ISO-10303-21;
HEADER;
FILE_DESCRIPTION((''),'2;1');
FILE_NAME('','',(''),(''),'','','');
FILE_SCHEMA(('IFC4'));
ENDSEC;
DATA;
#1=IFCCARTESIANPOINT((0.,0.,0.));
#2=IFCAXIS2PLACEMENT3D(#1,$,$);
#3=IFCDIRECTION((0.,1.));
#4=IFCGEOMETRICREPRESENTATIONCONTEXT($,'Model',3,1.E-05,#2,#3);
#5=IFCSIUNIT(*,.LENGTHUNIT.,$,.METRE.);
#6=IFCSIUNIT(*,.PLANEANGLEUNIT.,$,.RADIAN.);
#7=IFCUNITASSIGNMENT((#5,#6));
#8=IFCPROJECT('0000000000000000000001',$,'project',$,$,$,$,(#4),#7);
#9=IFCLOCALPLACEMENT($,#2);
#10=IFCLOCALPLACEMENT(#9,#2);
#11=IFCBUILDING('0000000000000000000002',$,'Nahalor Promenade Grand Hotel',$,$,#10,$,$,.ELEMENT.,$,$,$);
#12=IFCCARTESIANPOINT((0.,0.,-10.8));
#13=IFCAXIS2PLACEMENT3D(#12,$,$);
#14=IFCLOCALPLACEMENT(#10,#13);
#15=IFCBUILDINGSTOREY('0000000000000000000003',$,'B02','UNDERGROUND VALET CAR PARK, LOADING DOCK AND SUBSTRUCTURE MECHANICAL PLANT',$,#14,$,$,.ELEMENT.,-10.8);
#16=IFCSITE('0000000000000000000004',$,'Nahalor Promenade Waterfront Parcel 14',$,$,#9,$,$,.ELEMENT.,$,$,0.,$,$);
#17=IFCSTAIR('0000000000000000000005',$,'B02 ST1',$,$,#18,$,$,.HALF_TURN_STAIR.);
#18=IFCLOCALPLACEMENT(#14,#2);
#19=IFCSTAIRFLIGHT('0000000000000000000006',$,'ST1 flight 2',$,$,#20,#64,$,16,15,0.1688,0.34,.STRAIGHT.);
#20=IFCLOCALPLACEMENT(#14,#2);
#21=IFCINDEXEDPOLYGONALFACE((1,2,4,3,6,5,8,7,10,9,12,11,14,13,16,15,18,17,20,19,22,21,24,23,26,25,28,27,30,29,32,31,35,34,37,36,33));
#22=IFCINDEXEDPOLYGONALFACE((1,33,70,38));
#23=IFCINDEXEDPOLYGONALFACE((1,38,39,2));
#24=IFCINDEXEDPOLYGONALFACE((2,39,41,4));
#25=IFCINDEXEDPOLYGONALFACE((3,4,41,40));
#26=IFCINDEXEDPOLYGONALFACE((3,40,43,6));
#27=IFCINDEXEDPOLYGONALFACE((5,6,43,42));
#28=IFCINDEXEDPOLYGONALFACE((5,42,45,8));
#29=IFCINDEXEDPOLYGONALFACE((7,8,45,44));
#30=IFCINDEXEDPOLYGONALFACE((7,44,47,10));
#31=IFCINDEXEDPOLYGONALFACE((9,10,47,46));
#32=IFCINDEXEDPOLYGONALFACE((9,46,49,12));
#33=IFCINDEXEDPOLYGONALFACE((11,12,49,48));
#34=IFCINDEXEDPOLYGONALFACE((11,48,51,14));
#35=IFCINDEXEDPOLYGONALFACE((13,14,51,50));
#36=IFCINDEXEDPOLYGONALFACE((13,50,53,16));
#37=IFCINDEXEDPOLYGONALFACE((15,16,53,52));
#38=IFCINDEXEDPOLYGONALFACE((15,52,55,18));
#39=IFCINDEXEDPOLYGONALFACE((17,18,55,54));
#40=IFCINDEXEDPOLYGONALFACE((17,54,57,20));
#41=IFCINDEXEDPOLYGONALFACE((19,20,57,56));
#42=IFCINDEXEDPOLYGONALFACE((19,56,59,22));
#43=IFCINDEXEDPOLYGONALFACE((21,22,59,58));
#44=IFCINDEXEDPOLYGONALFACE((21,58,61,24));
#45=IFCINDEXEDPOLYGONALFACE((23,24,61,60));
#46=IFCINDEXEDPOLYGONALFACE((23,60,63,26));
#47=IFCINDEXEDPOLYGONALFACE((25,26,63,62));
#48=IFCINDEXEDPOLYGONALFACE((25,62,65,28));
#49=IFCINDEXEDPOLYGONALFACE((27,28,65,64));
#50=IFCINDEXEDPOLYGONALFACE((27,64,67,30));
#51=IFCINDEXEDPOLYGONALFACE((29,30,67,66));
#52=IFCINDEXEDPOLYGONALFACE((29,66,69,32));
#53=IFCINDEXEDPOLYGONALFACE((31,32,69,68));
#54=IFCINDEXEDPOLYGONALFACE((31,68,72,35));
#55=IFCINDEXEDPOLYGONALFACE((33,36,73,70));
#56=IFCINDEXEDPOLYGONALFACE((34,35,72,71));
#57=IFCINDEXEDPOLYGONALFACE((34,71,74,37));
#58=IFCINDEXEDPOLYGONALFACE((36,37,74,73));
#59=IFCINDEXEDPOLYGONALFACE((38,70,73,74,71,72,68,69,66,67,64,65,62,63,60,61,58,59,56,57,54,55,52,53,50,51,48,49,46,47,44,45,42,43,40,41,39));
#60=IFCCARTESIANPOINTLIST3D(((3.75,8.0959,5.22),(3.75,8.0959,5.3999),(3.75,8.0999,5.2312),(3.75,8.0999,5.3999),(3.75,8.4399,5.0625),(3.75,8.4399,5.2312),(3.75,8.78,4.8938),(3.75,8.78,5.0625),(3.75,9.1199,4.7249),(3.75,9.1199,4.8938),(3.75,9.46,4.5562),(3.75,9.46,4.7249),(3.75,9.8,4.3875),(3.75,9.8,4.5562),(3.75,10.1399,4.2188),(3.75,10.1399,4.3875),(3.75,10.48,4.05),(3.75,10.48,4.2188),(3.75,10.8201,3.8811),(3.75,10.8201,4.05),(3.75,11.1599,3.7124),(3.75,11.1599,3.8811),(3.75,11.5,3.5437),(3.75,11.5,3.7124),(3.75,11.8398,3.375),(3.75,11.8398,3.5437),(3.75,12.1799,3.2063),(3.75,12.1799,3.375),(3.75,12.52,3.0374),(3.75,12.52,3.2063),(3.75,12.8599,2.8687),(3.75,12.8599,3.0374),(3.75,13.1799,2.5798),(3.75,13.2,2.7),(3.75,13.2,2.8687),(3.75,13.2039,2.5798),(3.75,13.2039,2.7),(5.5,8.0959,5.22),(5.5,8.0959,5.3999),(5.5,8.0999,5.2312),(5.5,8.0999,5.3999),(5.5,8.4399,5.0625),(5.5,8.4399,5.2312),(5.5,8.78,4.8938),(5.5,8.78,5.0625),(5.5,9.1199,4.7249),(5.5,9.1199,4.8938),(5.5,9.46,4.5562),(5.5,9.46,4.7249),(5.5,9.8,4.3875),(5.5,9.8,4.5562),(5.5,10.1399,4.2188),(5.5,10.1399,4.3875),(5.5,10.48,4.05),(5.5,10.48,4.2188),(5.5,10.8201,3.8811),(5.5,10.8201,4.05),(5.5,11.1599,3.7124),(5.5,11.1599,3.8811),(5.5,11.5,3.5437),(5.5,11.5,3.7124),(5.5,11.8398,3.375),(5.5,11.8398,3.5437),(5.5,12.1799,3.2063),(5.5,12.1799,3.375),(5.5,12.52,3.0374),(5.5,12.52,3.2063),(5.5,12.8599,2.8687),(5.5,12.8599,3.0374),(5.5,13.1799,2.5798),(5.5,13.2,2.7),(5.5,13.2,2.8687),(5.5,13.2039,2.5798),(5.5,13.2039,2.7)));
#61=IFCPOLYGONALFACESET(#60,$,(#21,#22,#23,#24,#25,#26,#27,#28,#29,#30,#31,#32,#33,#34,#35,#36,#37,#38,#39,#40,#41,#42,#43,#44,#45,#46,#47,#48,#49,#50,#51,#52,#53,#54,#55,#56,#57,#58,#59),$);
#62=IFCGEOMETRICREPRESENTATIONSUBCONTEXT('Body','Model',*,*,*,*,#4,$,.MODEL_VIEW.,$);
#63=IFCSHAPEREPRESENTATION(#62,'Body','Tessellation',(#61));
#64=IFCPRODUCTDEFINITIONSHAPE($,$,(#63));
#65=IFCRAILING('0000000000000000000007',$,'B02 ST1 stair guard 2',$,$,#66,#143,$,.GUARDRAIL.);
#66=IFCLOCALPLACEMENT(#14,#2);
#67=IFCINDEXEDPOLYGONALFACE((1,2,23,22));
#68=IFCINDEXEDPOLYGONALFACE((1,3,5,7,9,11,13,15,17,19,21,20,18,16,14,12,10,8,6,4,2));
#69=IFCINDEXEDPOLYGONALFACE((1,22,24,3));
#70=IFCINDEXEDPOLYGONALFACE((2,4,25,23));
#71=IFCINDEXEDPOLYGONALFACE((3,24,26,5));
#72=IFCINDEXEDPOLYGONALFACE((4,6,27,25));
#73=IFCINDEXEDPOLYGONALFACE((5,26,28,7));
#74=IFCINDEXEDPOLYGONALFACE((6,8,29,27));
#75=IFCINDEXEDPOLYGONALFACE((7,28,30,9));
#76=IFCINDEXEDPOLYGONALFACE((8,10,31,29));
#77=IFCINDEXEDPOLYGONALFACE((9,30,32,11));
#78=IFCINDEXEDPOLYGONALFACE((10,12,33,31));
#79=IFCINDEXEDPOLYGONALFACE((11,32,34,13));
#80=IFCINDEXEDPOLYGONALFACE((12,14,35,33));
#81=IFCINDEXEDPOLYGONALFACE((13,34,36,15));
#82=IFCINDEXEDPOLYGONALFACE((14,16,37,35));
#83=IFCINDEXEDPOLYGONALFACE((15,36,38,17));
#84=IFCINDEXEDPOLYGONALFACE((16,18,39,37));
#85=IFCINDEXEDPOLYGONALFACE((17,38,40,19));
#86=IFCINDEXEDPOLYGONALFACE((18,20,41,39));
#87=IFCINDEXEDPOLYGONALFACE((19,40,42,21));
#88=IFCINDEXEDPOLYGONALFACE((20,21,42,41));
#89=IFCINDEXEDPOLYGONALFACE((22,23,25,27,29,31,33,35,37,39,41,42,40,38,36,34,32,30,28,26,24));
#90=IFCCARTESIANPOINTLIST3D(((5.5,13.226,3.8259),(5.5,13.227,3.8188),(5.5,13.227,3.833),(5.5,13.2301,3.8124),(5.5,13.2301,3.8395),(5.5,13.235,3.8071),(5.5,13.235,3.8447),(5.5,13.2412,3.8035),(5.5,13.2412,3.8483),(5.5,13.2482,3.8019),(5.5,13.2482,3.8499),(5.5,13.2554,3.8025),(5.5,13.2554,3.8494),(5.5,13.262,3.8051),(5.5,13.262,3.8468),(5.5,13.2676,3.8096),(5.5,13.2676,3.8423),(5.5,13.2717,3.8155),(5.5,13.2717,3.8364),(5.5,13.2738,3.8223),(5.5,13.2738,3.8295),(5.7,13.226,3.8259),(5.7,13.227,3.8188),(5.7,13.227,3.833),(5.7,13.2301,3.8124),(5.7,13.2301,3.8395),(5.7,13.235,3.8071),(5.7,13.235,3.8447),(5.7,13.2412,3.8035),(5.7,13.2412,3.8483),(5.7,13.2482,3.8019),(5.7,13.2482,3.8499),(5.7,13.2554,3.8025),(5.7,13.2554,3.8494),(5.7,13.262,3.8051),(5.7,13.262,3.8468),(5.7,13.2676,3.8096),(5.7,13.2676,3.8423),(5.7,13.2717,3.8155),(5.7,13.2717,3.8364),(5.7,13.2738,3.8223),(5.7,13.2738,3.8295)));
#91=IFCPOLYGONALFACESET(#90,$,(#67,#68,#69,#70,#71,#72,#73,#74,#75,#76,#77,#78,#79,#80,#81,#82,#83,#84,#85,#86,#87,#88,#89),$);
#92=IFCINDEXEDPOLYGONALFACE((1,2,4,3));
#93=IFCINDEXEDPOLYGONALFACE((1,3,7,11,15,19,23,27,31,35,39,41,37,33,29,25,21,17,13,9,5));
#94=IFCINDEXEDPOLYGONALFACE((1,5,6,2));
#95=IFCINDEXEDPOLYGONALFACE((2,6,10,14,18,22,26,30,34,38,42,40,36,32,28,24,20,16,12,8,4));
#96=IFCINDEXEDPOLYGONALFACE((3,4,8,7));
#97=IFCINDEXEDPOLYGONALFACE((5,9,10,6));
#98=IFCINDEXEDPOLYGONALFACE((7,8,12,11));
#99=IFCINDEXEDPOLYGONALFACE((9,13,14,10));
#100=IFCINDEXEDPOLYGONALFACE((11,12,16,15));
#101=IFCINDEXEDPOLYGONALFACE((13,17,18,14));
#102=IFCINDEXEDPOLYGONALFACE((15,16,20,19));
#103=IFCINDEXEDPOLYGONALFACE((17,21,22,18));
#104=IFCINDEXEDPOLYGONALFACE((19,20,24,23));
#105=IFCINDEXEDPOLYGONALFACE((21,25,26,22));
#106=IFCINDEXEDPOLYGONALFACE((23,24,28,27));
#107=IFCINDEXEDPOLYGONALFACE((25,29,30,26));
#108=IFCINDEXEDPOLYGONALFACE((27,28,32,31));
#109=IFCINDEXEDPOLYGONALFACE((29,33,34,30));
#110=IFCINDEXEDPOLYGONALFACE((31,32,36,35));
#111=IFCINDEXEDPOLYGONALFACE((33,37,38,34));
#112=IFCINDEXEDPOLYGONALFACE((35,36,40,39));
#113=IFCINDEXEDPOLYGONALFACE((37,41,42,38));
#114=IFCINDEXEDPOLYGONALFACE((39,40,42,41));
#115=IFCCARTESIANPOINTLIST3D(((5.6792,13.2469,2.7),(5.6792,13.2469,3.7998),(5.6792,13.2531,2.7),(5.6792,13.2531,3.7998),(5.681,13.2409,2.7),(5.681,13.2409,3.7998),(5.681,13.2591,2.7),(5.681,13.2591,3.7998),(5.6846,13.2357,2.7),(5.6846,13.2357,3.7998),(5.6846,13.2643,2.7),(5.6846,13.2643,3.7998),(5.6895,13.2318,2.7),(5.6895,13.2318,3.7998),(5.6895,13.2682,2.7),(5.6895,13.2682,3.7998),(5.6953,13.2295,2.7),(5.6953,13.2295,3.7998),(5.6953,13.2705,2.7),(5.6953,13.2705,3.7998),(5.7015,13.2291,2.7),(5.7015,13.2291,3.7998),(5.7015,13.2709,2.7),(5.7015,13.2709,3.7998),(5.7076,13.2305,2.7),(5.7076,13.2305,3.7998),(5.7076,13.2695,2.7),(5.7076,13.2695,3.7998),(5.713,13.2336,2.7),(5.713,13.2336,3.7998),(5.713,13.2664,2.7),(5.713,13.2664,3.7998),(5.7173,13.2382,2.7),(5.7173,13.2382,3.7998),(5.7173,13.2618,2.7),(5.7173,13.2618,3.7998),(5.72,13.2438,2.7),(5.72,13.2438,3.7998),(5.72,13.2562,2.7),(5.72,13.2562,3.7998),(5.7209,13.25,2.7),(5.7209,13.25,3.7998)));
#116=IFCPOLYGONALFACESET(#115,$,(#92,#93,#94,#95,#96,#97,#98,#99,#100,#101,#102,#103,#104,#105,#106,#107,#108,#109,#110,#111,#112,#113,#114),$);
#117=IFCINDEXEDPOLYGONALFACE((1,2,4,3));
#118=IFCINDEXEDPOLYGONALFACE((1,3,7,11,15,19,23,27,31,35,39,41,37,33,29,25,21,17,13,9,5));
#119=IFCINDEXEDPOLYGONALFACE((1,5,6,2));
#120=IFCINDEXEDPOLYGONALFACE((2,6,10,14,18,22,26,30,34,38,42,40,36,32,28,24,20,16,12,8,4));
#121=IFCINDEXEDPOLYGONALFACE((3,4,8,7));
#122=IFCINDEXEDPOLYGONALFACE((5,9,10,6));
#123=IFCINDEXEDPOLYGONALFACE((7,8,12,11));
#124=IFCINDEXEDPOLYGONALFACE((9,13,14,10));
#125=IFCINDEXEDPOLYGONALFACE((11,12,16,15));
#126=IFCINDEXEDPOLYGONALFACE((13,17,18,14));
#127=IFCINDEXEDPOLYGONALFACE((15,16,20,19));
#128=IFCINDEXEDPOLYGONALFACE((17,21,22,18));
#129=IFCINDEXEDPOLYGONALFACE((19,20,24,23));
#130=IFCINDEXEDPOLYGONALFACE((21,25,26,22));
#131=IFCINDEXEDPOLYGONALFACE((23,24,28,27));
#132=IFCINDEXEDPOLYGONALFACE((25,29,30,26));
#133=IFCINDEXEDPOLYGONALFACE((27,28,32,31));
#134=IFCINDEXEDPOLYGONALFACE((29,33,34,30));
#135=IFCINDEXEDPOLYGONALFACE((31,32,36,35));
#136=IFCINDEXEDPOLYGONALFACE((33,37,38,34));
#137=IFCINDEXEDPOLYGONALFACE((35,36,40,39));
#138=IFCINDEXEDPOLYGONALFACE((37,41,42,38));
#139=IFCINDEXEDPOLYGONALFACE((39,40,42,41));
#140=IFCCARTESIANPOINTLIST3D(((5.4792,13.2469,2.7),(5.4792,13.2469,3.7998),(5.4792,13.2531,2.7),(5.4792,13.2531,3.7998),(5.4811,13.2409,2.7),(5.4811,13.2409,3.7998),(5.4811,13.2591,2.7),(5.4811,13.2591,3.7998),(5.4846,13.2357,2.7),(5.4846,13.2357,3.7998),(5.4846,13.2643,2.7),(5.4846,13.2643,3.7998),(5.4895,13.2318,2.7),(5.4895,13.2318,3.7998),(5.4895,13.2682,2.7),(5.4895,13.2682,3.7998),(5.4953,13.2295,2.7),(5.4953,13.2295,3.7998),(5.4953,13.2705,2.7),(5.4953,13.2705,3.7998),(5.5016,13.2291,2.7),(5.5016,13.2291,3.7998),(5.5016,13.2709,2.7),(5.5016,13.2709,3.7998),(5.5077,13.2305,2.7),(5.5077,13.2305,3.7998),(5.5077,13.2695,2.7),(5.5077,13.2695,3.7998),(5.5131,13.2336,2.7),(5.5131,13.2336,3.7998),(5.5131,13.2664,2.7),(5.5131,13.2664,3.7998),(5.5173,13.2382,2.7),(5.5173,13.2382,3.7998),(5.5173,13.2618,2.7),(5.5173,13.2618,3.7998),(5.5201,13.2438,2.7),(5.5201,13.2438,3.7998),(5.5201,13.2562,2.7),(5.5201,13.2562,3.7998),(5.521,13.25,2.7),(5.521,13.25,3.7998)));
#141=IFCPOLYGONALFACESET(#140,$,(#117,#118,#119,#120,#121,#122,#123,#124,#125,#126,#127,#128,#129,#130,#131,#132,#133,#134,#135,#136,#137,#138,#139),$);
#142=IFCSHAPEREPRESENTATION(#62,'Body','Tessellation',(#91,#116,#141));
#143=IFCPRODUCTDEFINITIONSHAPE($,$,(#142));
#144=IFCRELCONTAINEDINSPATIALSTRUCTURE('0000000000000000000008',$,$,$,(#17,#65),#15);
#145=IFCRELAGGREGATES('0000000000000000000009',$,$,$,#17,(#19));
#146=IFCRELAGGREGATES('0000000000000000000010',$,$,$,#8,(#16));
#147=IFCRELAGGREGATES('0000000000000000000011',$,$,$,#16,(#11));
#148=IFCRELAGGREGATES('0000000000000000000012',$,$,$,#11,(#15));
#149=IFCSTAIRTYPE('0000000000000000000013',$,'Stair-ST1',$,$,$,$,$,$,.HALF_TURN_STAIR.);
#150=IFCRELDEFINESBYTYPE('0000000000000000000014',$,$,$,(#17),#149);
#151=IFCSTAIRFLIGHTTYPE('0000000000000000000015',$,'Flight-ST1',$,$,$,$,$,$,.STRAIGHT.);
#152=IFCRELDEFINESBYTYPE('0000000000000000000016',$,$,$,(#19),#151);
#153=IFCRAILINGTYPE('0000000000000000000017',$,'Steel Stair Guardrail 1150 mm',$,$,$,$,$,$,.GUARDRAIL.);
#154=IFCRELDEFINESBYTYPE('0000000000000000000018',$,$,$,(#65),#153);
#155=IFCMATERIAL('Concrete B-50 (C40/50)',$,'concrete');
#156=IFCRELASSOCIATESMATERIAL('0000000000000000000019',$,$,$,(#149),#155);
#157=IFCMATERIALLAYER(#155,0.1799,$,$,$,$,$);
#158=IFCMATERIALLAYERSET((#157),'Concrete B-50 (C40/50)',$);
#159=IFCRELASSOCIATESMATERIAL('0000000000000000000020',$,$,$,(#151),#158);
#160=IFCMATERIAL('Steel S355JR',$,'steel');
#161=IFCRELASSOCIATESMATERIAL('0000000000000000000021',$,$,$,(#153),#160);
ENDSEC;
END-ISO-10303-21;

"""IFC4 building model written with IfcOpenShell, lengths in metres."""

from ifc_helpers import new_model, si_unit, direction, frame, origin, origin_2d, place, context, subcontext, project, spatial, polyline, circle, outline, extrude, source, transform, mapped, material, layer, layer_set, type_object, element, aggregate, save


model = new_model("IFC4")

# Units and contexts
model_context = context("Model", 3, precision=1e-05, world=origin(), true_north=direction((0.0, 1.0)))
body_context = subcontext(model_context, "Body", "Model", "MODEL_VIEW")
ifc_project = project(units=[si_unit("LENGTHUNIT", "METRE"), si_unit("PLANEANGLEUNIT", "RADIAN")], contexts=[model_context])

# Site, building, storey
site_placement = place(None, origin())
site = spatial("IfcSite", under=ifc_project, at=site_placement, Name="Nahalor Promenade Waterfront Parcel 14", CompositionType="ELEMENT", RefElevation=0.0)
building_placement = place(site_placement, origin())
building = spatial("IfcBuilding", under=site, at=building_placement, Name="Nahalor Promenade Grand Hotel", CompositionType="ELEMENT")
storey_placement = place(building_placement, frame((0.0, 0.0, -10.8)))
storey = spatial("IfcBuildingStorey", under=building, at=storey_placement, Name="B02", Description="UNDERGROUND VALET CAR PARK, LOADING DOCK AND SUBSTRUCTURE MECHANICAL PLANT", CompositionType="ELEMENT", Elevation=-10.8)

# Shared definitions
ifc_material_1 = material(Name="Concrete B-50 (C40/50)", Category="concrete")

# Shared definitions
ifc_material_2 = material(Name="Steel S355JR", Category="steel")

# Stair, stair flight
stair_type = type_object("IfcStairType", Name="Stair-ST1", PredefinedType="HALF_TURN_STAIR", material=ifc_material_1)
stair_placement = place(storey_placement, origin())
stair = element("IfcStair", 1, at=stair_placement, inside=storey, type_object=stair_type, Name="B02 ST1", PredefinedType="HALF_TURN_STAIR")
ifc_layer_1 = layer(ifc_material_1, 0.1799)
ifc_layer_set_1 = layer_set([ifc_layer_1], Name="Concrete B-50 (C40/50)")
stair_flight_type = type_object("IfcStairFlightType", Name="Flight-ST1", PredefinedType="STRAIGHT", material=ifc_layer_set_1)
shared_shape_1 = source(origin(), body_context, "Body", "SweptSolid", [
    extrude(outline(polyline([(-0.0039, -0.1201), (-0.0039, 0.0), (0.0, 0.0), (0.0, 0.1687), (0.3401, 0.1687), (0.3401, 0.3374), (0.6799, 0.3374), (0.6799, 0.5063), (1.02, 0.5063), (1.02, 0.675), (1.3601, 0.675), (1.3601, 0.8438), (1.7, 0.8438), (1.7, 1.0125), (2.04, 1.0125), (2.04, 1.1812), (2.3799, 1.1812), (2.3799, 1.3501), (2.72, 1.3501), (2.72, 1.5188), (3.0601, 1.5188), (3.0601, 1.6875), (3.3999, 1.6875), (3.3999, 1.8562), (3.74, 1.8562), (3.74, 2.0249), (4.0801, 2.0249), (4.0801, 2.1938), (4.4199, 2.1938), (4.4199, 2.3625), (4.76, 2.3625), (4.76, 2.5312), (5.1001, 2.5312), (5.1001, 2.7), (5.104, 2.7), (5.104, 2.52), (0.02, -0.1201), (-0.0039, -0.1201)])), frame((0.0, 0.875, 0.0), z_axis=(0.0, -1.0, 0.0), x_axis=(1.0, 0.0, 0.0)), (0.0, 0.0, 1.0), 1.75),
])
stair_flight_placement = place(storey_placement, frame((4.625, 13.2, 2.7), z_axis=(0.0, 0.0, 1.0), x_axis=(0.0, -1.0, 0.0)))
stair_flight = element("IfcStairFlight", 2, at=stair_flight_placement, type_object=stair_flight_type, Name="ST1 flight 2", NumberOfRisers=16, NumberOfTreads=15, PredefinedType="STRAIGHT", RiserHeight=0.1688, TreadLength=0.34, context=body_context, shape_type="MappedRepresentation", body=[
    mapped(shared_shape_1, transform((0.0, 0.0, 0.0), scale=1.0)),
])
aggregate(stair, [stair_flight])

# Railing
railing_type_1 = type_object("IfcRailingType", Name="Steel Stair Guardrail 1150 mm", PredefinedType="GUARDRAIL", material=ifc_material_2)
railing_1_placement = place(storey_placement, frame((5.7, 13.25, 2.7)))
element("IfcRailing", 3, at=railing_1_placement, inside=storey, type_object=railing_type_1, Name="B02 ST1 stair guard 2", PredefinedType="GUARDRAIL", context=body_context, shape_type="SweptSolid", body=[
    extrude(circle(Radius=0.024, at=origin_2d()), frame((0.0, 0.0, 1.126), z_axis=(-1.0, 0.0, 0.0), x_axis=(0.0, -1.0, 0.0)), (0.0, 0.0, 1.0), 0.2),
    extrude(circle(Radius=0.021, at=origin_2d()), origin(), (0.0, 0.0, 1.0), 1.0999),
    extrude(circle(Radius=0.021, at=origin_2d()), frame((-0.2, 0.0, 0.0)), (0.0, 0.0, 1.0), 1.0999),
])

save(model, "model.ifc")
